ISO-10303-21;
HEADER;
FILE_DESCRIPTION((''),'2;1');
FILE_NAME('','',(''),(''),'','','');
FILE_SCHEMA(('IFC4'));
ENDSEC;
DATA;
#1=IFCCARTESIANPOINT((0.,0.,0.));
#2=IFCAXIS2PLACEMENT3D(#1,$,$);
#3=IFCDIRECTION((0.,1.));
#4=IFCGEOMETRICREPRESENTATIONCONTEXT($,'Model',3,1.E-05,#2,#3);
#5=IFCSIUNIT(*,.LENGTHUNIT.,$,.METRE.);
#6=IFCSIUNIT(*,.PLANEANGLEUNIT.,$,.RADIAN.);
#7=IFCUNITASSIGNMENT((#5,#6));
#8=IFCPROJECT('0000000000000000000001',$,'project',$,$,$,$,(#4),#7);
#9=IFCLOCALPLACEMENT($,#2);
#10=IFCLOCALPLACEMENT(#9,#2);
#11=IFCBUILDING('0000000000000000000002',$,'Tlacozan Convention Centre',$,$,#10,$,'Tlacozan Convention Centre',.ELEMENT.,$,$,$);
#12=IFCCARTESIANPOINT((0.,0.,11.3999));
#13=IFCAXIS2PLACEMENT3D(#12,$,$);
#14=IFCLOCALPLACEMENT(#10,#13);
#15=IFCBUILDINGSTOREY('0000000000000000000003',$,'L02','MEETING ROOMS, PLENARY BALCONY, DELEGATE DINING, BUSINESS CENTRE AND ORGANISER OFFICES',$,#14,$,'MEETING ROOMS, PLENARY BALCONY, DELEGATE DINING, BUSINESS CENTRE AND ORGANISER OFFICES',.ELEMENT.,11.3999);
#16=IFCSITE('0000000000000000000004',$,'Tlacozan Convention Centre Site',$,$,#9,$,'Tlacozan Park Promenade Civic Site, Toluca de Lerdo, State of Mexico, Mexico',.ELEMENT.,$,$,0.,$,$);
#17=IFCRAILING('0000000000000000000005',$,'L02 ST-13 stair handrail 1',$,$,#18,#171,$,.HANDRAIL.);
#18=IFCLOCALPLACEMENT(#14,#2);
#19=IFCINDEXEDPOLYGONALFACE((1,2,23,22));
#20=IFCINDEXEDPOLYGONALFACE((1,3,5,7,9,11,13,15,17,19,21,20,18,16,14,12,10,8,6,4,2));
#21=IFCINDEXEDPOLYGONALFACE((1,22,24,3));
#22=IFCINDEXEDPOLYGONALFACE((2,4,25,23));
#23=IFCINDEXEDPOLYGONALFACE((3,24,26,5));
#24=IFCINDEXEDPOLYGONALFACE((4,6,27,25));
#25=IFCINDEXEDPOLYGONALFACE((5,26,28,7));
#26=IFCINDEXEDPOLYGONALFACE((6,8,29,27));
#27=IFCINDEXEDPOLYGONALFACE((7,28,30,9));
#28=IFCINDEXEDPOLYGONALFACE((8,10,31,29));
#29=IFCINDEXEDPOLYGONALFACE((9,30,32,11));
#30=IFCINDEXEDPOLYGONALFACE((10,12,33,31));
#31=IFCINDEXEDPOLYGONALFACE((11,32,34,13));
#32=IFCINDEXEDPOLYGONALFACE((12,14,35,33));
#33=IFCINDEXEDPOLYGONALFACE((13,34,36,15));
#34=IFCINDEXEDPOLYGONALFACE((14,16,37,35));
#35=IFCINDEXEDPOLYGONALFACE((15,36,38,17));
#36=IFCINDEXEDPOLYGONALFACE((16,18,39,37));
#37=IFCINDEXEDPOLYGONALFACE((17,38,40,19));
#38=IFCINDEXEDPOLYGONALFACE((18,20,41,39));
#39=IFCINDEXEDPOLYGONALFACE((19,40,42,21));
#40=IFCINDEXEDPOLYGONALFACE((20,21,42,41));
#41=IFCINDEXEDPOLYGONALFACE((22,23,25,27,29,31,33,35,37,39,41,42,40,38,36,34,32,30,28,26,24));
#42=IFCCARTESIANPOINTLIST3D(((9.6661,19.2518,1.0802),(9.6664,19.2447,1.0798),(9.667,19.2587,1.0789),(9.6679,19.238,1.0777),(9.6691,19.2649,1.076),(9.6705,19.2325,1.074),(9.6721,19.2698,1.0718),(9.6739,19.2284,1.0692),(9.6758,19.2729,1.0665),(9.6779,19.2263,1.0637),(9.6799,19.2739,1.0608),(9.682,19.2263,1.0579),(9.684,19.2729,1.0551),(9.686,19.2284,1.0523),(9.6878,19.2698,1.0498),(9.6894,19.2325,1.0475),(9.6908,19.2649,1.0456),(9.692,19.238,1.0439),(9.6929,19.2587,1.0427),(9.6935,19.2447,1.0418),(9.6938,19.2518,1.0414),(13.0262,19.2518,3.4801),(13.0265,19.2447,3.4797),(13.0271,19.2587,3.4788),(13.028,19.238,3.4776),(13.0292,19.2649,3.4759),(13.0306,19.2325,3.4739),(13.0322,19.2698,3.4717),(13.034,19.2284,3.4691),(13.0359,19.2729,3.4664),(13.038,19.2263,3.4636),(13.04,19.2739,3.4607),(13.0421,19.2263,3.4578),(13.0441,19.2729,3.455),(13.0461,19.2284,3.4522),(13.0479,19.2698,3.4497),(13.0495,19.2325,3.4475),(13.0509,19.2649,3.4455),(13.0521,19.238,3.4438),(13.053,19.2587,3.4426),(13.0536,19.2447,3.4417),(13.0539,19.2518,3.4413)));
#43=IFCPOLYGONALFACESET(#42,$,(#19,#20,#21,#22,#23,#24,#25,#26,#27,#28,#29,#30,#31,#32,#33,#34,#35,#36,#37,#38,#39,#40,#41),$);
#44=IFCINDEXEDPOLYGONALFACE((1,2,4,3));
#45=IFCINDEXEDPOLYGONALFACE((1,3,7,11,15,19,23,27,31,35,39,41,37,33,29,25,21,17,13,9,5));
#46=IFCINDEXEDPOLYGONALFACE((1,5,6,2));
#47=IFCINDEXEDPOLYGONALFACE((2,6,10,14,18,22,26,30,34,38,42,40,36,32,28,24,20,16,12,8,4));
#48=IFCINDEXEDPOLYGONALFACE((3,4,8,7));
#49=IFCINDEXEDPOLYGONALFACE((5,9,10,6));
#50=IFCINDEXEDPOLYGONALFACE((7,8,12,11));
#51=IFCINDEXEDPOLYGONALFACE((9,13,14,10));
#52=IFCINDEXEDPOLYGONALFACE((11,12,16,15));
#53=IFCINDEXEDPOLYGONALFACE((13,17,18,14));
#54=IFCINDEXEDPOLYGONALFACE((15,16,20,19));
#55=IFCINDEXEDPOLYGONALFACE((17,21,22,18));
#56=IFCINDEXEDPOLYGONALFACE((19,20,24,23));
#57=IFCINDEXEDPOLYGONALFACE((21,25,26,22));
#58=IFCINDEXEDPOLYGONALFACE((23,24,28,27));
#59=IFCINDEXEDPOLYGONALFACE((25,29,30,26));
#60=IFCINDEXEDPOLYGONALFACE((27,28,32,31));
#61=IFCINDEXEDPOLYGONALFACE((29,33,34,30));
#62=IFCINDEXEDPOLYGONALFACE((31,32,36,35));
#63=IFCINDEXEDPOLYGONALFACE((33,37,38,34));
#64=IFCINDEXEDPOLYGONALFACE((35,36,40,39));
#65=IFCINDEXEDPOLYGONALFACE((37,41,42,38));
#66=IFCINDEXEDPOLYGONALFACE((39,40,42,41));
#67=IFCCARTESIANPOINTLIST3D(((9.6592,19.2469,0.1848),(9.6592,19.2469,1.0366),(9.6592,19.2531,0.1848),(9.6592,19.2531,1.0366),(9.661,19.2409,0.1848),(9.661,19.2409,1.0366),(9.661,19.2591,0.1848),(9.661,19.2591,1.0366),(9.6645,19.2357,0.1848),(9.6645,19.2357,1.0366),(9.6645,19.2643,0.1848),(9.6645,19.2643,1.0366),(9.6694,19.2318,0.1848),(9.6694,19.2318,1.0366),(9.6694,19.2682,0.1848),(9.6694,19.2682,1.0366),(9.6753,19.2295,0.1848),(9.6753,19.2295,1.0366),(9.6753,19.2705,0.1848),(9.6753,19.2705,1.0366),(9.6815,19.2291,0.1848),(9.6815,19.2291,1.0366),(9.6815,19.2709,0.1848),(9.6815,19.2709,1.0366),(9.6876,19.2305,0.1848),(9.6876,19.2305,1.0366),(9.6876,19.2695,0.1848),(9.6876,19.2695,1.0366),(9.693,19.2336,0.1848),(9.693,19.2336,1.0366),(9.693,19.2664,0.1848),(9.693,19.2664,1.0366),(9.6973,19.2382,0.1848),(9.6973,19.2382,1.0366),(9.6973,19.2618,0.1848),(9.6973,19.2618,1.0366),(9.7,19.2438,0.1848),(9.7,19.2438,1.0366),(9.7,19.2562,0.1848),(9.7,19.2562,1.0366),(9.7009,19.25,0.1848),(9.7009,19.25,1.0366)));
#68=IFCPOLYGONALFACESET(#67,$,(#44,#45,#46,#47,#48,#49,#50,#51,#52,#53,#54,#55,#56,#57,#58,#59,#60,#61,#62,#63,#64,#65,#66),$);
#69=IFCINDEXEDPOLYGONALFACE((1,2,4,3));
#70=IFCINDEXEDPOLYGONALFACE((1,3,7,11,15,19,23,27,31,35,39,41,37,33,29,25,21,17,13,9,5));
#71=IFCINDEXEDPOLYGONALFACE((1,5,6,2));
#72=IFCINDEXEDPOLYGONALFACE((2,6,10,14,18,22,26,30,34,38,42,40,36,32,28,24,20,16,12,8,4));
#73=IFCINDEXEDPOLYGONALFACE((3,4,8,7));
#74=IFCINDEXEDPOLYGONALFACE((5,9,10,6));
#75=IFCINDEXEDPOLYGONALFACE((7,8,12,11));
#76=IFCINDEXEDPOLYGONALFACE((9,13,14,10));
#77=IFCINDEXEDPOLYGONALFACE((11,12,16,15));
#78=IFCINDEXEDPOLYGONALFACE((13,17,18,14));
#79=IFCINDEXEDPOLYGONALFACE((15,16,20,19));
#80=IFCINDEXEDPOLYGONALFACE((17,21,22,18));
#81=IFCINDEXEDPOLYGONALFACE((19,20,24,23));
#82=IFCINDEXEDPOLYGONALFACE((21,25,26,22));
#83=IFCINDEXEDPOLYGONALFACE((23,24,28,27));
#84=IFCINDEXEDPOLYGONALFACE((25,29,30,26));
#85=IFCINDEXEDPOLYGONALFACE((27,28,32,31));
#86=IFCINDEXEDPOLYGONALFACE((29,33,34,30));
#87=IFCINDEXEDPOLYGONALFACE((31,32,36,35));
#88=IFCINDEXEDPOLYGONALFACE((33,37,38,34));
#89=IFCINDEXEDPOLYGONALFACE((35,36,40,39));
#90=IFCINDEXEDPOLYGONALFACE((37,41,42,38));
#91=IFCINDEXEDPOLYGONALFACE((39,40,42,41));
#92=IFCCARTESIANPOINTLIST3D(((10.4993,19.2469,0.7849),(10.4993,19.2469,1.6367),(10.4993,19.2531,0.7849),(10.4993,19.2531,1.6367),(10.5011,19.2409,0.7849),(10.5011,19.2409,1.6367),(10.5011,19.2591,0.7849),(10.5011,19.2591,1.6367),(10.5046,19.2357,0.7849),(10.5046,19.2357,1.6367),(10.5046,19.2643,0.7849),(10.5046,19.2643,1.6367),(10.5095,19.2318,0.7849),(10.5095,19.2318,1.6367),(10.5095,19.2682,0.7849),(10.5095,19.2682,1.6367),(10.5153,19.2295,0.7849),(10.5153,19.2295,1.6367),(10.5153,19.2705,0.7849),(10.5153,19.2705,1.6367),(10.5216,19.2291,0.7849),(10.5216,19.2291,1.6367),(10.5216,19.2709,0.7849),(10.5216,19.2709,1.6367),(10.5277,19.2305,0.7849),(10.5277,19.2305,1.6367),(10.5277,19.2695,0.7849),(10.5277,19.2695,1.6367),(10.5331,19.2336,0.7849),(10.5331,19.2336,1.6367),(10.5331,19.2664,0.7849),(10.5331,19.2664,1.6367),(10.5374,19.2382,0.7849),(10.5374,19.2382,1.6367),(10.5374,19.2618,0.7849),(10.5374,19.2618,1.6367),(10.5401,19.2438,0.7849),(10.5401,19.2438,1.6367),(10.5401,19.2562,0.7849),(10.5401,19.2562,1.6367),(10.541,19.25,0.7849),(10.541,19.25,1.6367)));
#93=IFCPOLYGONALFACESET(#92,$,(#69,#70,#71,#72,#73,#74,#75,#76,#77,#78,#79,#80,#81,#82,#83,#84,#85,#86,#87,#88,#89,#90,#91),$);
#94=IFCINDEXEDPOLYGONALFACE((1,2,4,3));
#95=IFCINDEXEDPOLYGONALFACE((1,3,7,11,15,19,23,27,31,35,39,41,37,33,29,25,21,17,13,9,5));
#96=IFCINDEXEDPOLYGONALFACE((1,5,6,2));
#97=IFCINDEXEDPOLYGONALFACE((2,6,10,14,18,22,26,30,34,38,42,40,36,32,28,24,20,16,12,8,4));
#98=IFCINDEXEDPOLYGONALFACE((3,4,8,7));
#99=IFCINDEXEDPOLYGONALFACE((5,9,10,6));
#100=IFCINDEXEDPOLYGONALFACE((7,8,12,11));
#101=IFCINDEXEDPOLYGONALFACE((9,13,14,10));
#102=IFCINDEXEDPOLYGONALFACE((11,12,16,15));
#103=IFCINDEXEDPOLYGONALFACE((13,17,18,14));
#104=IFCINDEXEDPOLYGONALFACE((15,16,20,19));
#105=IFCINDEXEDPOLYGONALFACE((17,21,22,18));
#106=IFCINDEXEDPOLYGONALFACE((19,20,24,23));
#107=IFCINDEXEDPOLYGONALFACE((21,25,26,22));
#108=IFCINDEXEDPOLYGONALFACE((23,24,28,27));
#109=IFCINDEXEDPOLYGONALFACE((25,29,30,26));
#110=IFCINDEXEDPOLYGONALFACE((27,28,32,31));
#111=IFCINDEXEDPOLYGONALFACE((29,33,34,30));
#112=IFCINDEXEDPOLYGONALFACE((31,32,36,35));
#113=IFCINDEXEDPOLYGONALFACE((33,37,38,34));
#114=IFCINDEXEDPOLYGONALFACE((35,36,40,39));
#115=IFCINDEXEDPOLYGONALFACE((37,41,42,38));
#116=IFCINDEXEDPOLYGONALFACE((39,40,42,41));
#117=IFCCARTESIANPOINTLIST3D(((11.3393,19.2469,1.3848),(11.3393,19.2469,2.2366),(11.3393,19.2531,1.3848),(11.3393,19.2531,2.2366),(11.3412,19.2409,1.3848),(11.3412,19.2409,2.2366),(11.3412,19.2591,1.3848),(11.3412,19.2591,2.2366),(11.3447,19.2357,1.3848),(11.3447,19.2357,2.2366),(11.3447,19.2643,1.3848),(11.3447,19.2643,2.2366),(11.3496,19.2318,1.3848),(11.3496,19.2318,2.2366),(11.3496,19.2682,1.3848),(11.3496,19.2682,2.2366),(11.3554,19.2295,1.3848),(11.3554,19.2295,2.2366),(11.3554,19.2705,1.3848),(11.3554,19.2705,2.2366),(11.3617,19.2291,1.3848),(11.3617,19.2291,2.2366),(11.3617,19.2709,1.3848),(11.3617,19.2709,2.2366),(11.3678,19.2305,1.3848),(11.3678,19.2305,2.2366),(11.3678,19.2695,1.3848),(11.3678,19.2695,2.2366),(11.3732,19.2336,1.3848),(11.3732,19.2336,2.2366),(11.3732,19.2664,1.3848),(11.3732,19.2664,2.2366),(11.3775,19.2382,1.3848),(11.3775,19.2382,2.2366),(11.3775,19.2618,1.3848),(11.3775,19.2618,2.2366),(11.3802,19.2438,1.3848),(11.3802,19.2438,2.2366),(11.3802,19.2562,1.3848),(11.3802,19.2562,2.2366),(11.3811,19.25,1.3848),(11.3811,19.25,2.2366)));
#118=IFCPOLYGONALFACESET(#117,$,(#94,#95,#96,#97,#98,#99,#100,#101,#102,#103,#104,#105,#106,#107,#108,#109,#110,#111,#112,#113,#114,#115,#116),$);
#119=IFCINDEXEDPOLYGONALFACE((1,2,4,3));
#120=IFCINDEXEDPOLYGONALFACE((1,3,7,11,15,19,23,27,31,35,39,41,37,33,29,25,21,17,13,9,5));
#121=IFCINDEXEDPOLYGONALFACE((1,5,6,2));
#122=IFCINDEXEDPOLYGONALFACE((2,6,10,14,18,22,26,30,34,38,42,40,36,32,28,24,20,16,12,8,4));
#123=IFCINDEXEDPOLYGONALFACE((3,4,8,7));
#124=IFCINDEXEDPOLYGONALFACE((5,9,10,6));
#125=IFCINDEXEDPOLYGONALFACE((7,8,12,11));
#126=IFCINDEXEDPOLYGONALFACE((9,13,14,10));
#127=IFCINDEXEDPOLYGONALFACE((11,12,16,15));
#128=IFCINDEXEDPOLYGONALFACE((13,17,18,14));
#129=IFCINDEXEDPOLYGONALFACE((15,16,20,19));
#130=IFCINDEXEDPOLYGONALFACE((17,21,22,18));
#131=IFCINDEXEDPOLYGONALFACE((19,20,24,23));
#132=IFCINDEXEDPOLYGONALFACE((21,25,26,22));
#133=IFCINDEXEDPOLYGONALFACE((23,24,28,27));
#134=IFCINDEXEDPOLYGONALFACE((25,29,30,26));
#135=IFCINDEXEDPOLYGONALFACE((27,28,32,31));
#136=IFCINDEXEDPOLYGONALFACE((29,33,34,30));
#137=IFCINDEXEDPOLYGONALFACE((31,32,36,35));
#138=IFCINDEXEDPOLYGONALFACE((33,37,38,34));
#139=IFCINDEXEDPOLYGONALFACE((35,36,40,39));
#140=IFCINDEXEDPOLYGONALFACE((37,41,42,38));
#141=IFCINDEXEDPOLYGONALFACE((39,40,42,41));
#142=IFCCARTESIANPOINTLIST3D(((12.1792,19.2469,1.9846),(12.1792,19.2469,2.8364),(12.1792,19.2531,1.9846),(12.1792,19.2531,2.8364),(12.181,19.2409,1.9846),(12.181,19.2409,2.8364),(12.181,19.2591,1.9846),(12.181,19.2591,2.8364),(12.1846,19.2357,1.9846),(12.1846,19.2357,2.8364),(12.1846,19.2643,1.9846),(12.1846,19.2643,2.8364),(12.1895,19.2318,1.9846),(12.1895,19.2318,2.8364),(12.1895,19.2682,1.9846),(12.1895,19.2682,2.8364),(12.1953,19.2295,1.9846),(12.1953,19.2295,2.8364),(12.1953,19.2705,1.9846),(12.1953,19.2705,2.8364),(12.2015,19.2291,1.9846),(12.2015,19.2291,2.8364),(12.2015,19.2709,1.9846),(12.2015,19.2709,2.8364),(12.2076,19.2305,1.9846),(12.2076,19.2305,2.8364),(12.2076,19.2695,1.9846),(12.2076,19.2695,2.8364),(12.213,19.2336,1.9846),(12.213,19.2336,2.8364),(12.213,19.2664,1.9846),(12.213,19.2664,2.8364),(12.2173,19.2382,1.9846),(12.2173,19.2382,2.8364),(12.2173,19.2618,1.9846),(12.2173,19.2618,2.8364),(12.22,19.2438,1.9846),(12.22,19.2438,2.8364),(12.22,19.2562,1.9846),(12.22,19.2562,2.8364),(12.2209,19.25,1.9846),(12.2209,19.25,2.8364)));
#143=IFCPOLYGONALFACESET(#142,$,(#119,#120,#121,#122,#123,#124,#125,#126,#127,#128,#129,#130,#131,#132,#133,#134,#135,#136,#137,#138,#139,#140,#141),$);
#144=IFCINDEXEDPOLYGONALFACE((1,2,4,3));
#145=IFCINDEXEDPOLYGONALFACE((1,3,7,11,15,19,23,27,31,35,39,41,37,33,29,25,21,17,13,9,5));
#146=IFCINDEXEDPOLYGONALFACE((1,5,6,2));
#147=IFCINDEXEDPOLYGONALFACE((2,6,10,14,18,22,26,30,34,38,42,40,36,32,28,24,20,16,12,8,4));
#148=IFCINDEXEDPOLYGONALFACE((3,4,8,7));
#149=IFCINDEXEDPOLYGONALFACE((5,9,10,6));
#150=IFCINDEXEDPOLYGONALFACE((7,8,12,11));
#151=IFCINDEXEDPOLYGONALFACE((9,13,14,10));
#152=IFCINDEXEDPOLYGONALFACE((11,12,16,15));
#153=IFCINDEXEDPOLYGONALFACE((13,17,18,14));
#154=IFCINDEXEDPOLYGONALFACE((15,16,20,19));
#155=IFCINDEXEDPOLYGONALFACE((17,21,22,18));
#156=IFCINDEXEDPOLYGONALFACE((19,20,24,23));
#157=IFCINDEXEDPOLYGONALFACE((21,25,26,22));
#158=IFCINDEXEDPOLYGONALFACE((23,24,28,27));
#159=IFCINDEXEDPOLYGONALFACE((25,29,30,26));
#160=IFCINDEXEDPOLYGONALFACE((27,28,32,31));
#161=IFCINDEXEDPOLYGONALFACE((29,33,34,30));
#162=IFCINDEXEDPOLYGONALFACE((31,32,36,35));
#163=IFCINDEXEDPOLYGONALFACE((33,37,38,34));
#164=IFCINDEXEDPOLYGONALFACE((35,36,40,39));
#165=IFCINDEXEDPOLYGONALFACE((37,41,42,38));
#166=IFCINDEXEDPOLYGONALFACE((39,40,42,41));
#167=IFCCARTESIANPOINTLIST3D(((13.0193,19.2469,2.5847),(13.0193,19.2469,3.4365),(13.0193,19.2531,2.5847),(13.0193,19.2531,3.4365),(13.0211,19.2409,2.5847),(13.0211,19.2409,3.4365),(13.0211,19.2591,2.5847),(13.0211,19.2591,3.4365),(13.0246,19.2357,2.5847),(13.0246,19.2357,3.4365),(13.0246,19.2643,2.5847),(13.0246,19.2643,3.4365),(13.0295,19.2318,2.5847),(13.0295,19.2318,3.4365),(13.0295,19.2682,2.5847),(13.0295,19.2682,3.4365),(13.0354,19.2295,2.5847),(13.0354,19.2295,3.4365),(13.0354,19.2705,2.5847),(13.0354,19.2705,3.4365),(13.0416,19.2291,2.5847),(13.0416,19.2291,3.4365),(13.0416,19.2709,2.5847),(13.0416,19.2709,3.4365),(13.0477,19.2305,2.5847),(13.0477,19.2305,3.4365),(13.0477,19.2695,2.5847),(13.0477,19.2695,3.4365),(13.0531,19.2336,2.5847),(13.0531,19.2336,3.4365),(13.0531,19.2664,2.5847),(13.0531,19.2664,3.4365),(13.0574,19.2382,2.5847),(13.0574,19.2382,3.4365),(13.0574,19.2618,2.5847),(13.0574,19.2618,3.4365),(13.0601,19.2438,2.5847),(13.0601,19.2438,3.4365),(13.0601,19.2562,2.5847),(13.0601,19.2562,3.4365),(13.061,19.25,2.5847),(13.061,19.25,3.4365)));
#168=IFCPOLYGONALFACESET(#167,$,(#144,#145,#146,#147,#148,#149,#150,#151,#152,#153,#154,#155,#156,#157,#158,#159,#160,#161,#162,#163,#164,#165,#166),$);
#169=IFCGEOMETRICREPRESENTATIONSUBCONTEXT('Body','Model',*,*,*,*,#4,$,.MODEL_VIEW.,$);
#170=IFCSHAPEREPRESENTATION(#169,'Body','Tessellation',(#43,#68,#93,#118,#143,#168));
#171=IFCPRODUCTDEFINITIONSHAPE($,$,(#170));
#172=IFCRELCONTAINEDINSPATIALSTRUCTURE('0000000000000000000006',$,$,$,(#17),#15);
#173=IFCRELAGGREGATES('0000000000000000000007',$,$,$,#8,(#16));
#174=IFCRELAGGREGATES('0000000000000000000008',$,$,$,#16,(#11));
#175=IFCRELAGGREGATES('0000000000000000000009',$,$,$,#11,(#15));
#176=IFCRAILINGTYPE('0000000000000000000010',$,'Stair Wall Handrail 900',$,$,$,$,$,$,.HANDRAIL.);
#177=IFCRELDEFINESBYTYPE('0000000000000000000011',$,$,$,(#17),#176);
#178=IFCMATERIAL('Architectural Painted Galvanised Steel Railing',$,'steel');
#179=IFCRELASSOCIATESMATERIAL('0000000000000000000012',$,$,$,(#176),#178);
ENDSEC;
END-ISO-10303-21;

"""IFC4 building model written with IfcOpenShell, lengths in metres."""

from ifc_helpers import new_model, si_unit, direction, frame, origin, origin_2d, place, context, subcontext, project, spatial, circle, extrude, material, type_object, element, save


model = new_model("IFC4")

# Units and contexts
model_context = context("Model", 3, precision=1e-05, world=origin(), true_north=direction((0.0, 1.0)))
body_context = subcontext(model_context, "Body", "Model", "MODEL_VIEW")
ifc_project = project(units=[si_unit("LENGTHUNIT", "METRE"), si_unit("PLANEANGLEUNIT", "RADIAN")], contexts=[model_context])

# Site, building, storey
site_placement = place(None, origin())
site = spatial("IfcSite", under=ifc_project, at=site_placement, Name="Tlacozan Convention Centre Site", LongName="Tlacozan Park Promenade Civic Site, Toluca de Lerdo, State of Mexico, Mexico", CompositionType="ELEMENT", RefElevation=0.0)
building_placement = place(site_placement, origin())
building = spatial("IfcBuilding", under=site, at=building_placement, Name="Tlacozan Convention Centre", LongName="Tlacozan Convention Centre", CompositionType="ELEMENT")
storey_placement = place(building_placement, frame((0.0, 0.0, 11.3999)))
storey = spatial("IfcBuildingStorey", under=building, at=storey_placement, Name="L02", Description="MEETING ROOMS, PLENARY BALCONY, DELEGATE DINING, BUSINESS CENTRE AND ORGANISER OFFICES", LongName="MEETING ROOMS, PLENARY BALCONY, DELEGATE DINING, BUSINESS CENTRE AND ORGANISER OFFICES", CompositionType="ELEMENT", Elevation=11.3999)

# Railing
ifc_material_1 = material(Name="Architectural Painted Galvanised Steel Railing", Category="steel")
railing_type_1 = type_object("IfcRailingType", Name="Stair Wall Handrail 900", PredefinedType="HANDRAIL", material=ifc_material_1)
railing_1_placement = place(storey_placement, frame((9.6799, 19.25, 0.1848)))
element("IfcRailing", 1, at=railing_1_placement, inside=storey, type_object=railing_type_1, Name="L02 ST-13 stair handrail 1", PredefinedType="HANDRAIL", context=body_context, shape_type="SweptSolid", body=[
    extrude(circle(Radius=0.0239, at=origin_2d()), frame((0.0, 0.0, 0.876), z_axis=(0.813753, 0.0, 0.58121), x_axis=(0.0, 1.0, 0.0)), (0.0, 0.0, 1.0), 4.1292),
    extrude(circle(Radius=0.021, at=origin_2d()), origin(), (0.0, 0.0, 1.0), 0.8518),
    extrude(circle(Radius=0.021, at=origin_2d()), frame((0.8401, 0.0, 0.6001)), (0.0, 0.0, 1.0), 0.8518),
    extrude(circle(Radius=0.021, at=origin_2d()), frame((1.6802, 0.0, 1.2)), (0.0, 0.0, 1.0), 0.8518),
    extrude(circle(Radius=0.021, at=origin_2d()), frame((2.52, 0.0, 1.7998)), (0.0, 0.0, 1.0), 0.8518),
    extrude(circle(Radius=0.021, at=origin_2d()), frame((3.3601, 0.0, 2.3999)), (0.0, 0.0, 1.0), 0.8518),
])

save(model, "model.ifc")
